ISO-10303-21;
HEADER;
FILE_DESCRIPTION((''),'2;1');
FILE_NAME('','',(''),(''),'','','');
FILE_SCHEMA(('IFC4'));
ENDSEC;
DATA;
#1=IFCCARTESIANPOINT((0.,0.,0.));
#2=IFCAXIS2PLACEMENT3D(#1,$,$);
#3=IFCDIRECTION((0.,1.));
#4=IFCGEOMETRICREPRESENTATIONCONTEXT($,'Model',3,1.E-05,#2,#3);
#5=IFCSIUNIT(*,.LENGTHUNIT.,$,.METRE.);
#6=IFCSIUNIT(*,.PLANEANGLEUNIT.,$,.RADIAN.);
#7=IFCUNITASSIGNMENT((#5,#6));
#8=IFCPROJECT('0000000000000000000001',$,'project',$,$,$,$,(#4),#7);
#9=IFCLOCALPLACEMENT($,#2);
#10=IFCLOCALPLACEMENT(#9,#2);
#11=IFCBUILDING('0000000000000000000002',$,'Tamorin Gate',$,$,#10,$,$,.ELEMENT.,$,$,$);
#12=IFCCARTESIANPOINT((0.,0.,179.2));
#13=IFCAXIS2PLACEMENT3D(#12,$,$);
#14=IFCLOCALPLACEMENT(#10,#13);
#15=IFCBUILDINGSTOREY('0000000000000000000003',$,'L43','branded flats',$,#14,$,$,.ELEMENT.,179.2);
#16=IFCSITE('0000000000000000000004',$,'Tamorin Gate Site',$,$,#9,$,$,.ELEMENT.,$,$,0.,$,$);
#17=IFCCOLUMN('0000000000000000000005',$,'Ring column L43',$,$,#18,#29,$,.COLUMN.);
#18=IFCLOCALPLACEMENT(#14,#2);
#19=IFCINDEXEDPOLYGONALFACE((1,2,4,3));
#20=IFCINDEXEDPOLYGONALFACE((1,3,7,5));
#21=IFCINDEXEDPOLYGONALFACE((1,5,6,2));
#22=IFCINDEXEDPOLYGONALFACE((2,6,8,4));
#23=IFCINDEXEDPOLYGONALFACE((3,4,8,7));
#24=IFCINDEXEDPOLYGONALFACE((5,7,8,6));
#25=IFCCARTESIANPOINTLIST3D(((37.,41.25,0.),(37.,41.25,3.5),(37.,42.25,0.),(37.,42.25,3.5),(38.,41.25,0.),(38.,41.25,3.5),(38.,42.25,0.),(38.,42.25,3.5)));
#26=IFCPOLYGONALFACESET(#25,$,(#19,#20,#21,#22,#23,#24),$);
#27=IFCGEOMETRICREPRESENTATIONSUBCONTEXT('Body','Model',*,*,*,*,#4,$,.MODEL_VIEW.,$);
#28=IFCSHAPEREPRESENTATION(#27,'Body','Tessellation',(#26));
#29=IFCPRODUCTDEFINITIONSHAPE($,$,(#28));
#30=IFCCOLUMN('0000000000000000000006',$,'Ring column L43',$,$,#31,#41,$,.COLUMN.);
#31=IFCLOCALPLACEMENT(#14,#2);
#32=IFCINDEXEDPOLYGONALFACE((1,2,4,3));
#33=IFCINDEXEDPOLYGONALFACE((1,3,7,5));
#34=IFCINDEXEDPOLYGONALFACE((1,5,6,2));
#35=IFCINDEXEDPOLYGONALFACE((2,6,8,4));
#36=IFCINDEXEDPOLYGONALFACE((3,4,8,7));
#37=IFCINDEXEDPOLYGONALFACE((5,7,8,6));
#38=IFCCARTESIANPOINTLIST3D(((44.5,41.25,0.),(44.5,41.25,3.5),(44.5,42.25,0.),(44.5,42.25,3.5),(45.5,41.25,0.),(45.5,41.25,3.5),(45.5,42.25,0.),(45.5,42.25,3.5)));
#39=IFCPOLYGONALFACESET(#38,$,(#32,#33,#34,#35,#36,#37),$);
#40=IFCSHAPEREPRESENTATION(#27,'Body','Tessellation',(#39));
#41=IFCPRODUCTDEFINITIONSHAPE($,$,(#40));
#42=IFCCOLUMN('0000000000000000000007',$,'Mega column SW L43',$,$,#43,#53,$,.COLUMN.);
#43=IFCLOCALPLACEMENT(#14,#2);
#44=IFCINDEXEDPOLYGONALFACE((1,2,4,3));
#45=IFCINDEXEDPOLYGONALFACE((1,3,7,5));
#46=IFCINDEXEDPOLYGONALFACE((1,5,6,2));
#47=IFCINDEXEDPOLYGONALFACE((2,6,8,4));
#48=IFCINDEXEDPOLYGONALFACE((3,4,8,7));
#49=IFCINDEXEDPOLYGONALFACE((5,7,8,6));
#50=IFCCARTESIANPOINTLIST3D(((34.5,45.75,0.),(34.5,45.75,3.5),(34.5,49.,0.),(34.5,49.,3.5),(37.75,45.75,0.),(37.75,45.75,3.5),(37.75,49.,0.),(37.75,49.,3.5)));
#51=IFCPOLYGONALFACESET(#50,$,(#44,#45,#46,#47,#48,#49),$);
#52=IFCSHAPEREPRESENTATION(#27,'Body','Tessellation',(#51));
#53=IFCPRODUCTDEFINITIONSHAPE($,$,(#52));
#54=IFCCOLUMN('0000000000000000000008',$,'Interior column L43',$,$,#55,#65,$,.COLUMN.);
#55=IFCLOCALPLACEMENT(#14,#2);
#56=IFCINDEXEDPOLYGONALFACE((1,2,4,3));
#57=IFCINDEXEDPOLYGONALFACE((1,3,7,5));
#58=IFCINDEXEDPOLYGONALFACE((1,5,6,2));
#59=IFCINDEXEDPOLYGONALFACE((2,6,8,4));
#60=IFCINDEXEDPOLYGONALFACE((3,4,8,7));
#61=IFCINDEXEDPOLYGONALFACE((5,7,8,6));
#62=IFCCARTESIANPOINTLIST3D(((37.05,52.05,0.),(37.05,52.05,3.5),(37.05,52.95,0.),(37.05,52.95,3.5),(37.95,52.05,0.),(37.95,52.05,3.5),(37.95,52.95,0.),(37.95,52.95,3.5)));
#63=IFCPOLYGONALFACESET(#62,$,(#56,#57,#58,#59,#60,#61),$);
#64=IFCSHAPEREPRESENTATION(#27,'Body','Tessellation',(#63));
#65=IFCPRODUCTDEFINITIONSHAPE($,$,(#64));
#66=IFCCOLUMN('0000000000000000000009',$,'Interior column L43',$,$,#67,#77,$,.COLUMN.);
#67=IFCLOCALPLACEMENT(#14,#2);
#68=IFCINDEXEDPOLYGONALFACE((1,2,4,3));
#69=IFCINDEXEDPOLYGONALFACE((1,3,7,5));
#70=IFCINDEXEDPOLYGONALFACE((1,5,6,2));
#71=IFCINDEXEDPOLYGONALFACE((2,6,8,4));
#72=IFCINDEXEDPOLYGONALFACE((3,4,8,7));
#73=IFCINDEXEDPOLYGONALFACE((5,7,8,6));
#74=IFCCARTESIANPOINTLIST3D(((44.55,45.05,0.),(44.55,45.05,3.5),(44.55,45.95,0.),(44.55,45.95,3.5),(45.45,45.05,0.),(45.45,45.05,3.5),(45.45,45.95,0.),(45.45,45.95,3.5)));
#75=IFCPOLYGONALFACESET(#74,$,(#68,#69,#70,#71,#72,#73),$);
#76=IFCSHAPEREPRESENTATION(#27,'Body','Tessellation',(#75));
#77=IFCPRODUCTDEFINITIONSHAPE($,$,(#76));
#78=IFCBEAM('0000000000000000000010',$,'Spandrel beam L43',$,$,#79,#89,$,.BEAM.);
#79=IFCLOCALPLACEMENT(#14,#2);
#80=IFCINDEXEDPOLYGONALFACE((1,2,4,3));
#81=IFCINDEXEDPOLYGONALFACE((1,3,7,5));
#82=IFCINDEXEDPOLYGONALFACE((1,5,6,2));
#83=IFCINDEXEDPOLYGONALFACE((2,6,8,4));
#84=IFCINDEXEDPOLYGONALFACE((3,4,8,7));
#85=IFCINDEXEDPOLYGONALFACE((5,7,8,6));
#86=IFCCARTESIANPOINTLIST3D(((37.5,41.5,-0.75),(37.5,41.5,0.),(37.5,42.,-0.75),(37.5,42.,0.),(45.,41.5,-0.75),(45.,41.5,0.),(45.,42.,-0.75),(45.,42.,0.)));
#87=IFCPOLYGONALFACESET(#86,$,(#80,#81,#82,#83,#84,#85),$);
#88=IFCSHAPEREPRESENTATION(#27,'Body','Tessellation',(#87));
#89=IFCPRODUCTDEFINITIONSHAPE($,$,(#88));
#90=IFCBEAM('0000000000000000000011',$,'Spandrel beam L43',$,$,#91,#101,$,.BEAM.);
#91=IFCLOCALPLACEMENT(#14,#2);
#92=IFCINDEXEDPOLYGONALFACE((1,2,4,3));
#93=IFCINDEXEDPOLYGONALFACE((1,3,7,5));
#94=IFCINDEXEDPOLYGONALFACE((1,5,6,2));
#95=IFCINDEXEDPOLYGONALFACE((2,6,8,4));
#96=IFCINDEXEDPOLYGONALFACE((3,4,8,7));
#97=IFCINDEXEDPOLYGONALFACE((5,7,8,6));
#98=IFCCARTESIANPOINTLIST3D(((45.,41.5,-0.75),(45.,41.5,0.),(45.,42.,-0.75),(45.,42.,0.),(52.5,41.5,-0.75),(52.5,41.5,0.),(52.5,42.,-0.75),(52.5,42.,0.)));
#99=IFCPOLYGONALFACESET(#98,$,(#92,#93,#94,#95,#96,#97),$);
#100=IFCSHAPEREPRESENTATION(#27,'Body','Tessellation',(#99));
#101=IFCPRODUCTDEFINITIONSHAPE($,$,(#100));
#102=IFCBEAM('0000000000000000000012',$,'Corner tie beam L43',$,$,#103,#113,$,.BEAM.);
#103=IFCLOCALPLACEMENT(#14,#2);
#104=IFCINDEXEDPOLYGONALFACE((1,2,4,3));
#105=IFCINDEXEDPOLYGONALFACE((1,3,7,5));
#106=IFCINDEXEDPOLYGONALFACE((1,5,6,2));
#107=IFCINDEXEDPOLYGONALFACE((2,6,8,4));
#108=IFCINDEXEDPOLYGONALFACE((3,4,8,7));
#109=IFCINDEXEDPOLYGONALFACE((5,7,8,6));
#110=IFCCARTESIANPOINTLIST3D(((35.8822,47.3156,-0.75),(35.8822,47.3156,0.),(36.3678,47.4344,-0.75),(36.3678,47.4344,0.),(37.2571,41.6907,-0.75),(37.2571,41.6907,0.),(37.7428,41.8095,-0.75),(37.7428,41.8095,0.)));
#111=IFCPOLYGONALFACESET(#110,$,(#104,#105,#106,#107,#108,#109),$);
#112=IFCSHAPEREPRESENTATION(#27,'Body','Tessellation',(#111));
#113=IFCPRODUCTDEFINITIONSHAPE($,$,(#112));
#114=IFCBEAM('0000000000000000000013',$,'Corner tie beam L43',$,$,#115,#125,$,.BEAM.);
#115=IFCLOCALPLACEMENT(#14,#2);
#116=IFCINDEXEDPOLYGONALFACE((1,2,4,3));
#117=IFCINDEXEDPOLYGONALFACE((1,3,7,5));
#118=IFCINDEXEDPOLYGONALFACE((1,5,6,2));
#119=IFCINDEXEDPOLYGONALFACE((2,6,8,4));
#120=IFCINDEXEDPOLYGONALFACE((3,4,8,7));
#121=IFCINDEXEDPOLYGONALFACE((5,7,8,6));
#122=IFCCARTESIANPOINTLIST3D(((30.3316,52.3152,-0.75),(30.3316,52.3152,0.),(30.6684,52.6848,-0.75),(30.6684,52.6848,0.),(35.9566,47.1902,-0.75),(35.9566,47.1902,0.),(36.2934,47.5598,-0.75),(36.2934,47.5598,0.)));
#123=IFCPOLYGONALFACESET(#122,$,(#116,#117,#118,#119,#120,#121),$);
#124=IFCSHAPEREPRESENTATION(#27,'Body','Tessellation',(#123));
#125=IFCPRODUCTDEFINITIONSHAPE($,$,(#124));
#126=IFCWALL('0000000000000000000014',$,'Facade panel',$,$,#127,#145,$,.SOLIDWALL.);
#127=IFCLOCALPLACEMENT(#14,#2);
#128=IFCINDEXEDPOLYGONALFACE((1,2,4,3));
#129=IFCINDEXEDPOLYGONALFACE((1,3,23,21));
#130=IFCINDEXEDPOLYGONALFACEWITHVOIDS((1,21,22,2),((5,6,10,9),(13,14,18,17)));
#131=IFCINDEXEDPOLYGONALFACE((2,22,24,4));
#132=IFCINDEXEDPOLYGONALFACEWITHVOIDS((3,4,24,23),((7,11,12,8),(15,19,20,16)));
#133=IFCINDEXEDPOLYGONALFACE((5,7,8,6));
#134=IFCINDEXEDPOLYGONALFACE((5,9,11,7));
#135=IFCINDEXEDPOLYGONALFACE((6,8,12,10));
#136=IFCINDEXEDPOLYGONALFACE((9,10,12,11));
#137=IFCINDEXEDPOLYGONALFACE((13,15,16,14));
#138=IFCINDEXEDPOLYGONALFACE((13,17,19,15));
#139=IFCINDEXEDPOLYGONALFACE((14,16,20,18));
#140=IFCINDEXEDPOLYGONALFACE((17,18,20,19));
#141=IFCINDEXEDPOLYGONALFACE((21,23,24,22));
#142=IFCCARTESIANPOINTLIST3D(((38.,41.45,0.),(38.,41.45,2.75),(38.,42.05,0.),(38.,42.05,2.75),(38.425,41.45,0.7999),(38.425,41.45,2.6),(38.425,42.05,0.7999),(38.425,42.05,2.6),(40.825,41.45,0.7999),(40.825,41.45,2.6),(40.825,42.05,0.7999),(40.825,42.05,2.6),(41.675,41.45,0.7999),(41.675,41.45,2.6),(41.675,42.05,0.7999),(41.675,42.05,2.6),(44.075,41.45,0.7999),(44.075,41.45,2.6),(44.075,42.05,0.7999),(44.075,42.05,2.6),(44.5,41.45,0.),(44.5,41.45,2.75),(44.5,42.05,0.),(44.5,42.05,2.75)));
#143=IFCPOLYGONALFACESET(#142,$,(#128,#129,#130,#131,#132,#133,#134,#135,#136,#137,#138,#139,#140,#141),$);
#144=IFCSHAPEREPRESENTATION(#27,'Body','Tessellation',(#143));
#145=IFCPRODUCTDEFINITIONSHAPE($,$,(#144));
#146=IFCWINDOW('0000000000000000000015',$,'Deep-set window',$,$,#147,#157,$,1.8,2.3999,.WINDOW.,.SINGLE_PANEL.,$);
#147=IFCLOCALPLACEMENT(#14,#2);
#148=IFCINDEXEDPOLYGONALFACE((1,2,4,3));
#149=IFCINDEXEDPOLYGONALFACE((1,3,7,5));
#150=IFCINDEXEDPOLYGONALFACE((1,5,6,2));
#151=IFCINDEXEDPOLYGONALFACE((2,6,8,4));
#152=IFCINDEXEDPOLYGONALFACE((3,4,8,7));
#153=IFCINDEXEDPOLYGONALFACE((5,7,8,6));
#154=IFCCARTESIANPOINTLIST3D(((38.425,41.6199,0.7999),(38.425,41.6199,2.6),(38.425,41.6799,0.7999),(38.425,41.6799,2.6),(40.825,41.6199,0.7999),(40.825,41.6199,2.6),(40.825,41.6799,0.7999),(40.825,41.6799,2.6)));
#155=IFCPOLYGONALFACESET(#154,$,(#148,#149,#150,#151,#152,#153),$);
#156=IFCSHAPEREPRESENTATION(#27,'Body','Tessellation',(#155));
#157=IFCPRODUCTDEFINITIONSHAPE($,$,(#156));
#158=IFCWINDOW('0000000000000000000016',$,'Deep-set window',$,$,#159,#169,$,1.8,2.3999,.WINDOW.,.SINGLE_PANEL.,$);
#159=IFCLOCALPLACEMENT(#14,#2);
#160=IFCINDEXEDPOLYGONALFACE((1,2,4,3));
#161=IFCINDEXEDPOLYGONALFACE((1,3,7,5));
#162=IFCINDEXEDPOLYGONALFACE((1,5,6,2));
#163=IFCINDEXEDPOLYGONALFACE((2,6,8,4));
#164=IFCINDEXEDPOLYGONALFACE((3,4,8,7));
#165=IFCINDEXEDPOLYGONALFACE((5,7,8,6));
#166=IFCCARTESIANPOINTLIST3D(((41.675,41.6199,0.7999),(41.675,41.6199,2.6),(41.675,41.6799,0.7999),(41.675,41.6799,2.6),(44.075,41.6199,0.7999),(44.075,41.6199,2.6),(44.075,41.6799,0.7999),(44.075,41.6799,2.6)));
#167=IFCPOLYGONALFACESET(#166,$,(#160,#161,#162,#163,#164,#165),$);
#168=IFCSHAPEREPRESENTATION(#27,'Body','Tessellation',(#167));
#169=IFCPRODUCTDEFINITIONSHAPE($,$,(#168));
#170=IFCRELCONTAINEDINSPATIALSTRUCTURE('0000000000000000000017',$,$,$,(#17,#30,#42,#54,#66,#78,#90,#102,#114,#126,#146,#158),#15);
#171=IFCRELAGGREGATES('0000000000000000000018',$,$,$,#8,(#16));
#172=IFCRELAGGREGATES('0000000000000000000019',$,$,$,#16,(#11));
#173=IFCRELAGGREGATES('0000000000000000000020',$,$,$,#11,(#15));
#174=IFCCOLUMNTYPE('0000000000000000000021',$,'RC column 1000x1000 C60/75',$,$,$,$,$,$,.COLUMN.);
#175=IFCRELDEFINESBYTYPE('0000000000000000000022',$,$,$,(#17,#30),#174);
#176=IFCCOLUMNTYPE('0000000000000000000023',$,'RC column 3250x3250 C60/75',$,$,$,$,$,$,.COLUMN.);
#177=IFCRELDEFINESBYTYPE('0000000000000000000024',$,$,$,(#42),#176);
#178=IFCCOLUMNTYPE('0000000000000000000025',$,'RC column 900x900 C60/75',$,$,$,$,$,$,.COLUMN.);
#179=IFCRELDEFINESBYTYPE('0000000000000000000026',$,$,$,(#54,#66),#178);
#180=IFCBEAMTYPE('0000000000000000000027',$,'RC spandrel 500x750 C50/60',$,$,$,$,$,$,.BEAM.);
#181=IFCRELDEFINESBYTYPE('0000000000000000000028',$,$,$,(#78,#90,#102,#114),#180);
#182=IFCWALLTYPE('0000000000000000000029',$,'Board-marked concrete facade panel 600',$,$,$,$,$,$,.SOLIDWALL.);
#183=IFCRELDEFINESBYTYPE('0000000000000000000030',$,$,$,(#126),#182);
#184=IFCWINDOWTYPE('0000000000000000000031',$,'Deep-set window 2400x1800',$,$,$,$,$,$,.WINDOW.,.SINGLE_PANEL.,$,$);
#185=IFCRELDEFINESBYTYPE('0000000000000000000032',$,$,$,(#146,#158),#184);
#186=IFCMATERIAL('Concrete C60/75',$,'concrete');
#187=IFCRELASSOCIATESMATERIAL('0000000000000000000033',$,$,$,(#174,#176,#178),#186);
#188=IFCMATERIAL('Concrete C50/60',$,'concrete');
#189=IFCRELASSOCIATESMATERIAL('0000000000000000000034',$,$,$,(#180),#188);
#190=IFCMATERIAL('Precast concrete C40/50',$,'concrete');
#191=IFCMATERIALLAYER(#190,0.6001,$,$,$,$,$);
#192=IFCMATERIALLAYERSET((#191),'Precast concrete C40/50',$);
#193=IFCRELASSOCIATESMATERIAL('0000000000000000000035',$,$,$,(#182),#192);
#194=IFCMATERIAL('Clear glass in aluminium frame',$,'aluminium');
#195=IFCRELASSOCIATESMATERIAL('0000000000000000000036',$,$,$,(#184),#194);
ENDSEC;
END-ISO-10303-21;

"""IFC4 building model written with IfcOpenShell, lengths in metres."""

from ifc_helpers import new_model, si_unit, direction, frame, frame_2d, origin, origin_2d, place, context, subcontext, project, spatial, rectangle, extrude, material, layer, layer_set, material_profile, profile_set, type_object, element, fill, save


model = new_model("IFC4")

# Units and contexts
model_context = context("Model", 3, precision=1e-05, world=origin(), true_north=direction((0.0, 1.0)))
body_context = subcontext(model_context, "Body", "Model", "MODEL_VIEW")
ifc_project = project(units=[si_unit("LENGTHUNIT", "METRE"), si_unit("PLANEANGLEUNIT", "RADIAN")], contexts=[model_context])

# Site, building, storey
site_placement = place(None, origin())
site = spatial("IfcSite", under=ifc_project, at=site_placement, Name="Tamorin Gate Site", CompositionType="ELEMENT", RefElevation=0.0)
building_placement = place(site_placement, origin())
building = spatial("IfcBuilding", under=site, at=building_placement, Name="Tamorin Gate", CompositionType="ELEMENT")
storey_placement = place(building_placement, frame((0.0, 0.0, 179.2)))
storey = spatial("IfcBuildingStorey", under=building, at=storey_placement, Name="L43", Description="branded flats", CompositionType="ELEMENT", Elevation=179.2)

# Columns
ifc_material_1 = material(Name="Concrete C60/75", Category="concrete")
ifc_material_profile_1 = material_profile(ifc_material_1, rectangle(XDim=1.0, YDim=1.0, at=origin_2d()), Name="RC 1000x1000")
ifc_profile_set_1 = profile_set([ifc_material_profile_1], Name="Concrete C60/75")
column_type_1 = type_object("IfcColumnType", Name="RC column 1000x1000 C60/75", PredefinedType="COLUMN", material=ifc_profile_set_1)
for number, where, z_axis, x_axis, name in (
    (1, (37.5, 41.75, 0.0), (0.0, 0.0, 1.0), (1.0, 0.0, 0.0), "Ring column L43"),
    (2, (45.0, 41.75, 0.0), (0.0, 0.0, 1.0), (1.0, 0.0, 0.0), "Ring column L43"),
):
    element("IfcColumn", number, at=place(storey_placement, frame(where, z_axis=z_axis, x_axis=x_axis)), inside=storey, type_object=column_type_1, Name=name, PredefinedType="COLUMN", context=body_context, shape_type="SweptSolid", body=[
        extrude(rectangle(XDim=1.0, YDim=1.0, at=origin_2d()), origin(), (0.0, 0.0, 1.0), 3.5),
    ])
ifc_material_profile_2 = material_profile(ifc_material_1, rectangle(XDim=3.25, YDim=3.25, at=origin_2d()), Name="RC 3250x3250")
ifc_profile_set_2 = profile_set([ifc_material_profile_2], Name="Concrete C60/75")
column_type_2 = type_object("IfcColumnType", Name="RC column 3250x3250 C60/75", PredefinedType="COLUMN", material=ifc_profile_set_2)
column_placement = place(storey_placement, frame((36.125, 47.375, 0.0), z_axis=(0.0, 0.0, 1.0), x_axis=(1.0, 0.0, 0.0)))
element("IfcColumn", 3, at=column_placement, inside=storey, type_object=column_type_2, Name="Mega column SW L43", PredefinedType="COLUMN", context=body_context, shape_type="SweptSolid", body=[
    extrude(rectangle(XDim=3.25, YDim=3.25, at=origin_2d()), origin(), (0.0, 0.0, 1.0), 3.5),
])
ifc_material_profile_3 = material_profile(ifc_material_1, rectangle(XDim=0.8999, YDim=0.8999, at=origin_2d()), Name="RC 900x900")
ifc_profile_set_3 = profile_set([ifc_material_profile_3], Name="Concrete C60/75")
column_type_3 = type_object("IfcColumnType", Name="RC column 900x900 C60/75", PredefinedType="COLUMN", material=ifc_profile_set_3)
for number, where, z_axis, x_axis, name in (
    (4, (37.5, 52.5, 0.0), (0.0, 0.0, 1.0), (1.0, 0.0, 0.0), "Interior column L43"),
    (5, (45.0, 45.5, 0.0), (0.0, 0.0, 1.0), (1.0, 0.0, 0.0), "Interior column L43"),
):
    element("IfcColumn", number, at=place(storey_placement, frame(where, z_axis=z_axis, x_axis=x_axis)), inside=storey, type_object=column_type_3, Name=name, PredefinedType="COLUMN", context=body_context, shape_type="SweptSolid", body=[
        extrude(rectangle(XDim=0.8999, YDim=0.8999, at=origin_2d()), origin(), (0.0, 0.0, 1.0), 3.5),
    ])

# Beams
ifc_material_2 = material(Name="Concrete C50/60", Category="concrete")
ifc_material_profile_4 = material_profile(ifc_material_2, rectangle(XDim=0.5, YDim=0.75, at=origin_2d()), Name="RC 500x750")
ifc_profile_set_4 = profile_set([ifc_material_profile_4], Name="Concrete C50/60")
beam_type = type_object("IfcBeamType", Name="RC spandrel 500x750 C50/60", PredefinedType="BEAM", material=ifc_profile_set_4)
for number, where, z_axis, x_axis, name in (
    (6, (37.5, 41.75, -0.375), (1.0, 0.0, 0.0), (0.0, 1.0, 0.0), "Spandrel beam L43"),
    (7, (45.0, 41.75, -0.375), (1.0, 0.0, 0.0), (0.0, 1.0, 0.0), "Spandrel beam L43"),
):
    element("IfcBeam", number, at=place(storey_placement, frame(where, z_axis=z_axis, x_axis=x_axis)), inside=storey, type_object=beam_type, Name=name, PredefinedType="BEAM", context=body_context, shape_type="SweptSolid", body=[
        extrude(rectangle(XDim=0.5, YDim=0.75, at=origin_2d()), origin(), (0.0, 0.0, 1.0), 7.5),
    ])
beam_1_placement = place(storey_placement, frame((36.125, 47.375, -0.375), z_axis=(0.237453, -0.971399, 0.0), x_axis=(0.971399, 0.237453, 0.0)))
element("IfcBeam", 8, at=beam_1_placement, inside=storey, type_object=beam_type, Name="Corner tie beam L43", PredefinedType="BEAM", context=body_context, shape_type="SweptSolid", body=[
    extrude(rectangle(XDim=0.5, YDim=0.75, at=origin_2d()), origin(), (0.0, 0.0, 1.0), 5.7905),
])
beam_2_placement = place(storey_placement, frame((36.125, 47.375, -0.375), z_axis=(-0.739196, 0.67349, 0.0), x_axis=(-0.67349, -0.739196, 0.0)))
element("IfcBeam", 9, at=beam_2_placement, inside=storey, type_object=beam_type, Name="Corner tie beam L43", PredefinedType="BEAM", context=body_context, shape_type="SweptSolid", body=[
    extrude(rectangle(XDim=0.5, YDim=0.75, at=origin_2d()), origin(), (0.0, 0.0, 1.0), 7.6096),
])

# Wall, openings, windows
ifc_material_3 = material(Name="Precast concrete C40/50", Category="concrete")
ifc_layer_1 = layer(ifc_material_3, 0.6001)
ifc_layer_set_1 = layer_set([ifc_layer_1], Name="Precast concrete C40/50")
wall_type_1 = type_object("IfcWallType", Name="Board-marked concrete facade panel 600", PredefinedType="SOLIDWALL", material=ifc_layer_set_1)
wall_1_placement = place(storey_placement, frame((38.0, 41.75, 0.0), z_axis=(0.0, 0.0, 1.0), x_axis=(1.0, 0.0, 0.0)))
wall_1 = element("IfcWall", 10, at=wall_1_placement, inside=storey, type_object=wall_type_1, Name="Facade panel", PredefinedType="SOLIDWALL", context=body_context, shape_type="SweptSolid", body=[
    extrude(rectangle(XDim=6.5, YDim=0.6001, at=frame_2d((3.25, 0.0))), origin(), (0.0, 0.0, 1.0), 2.75),
])
opening_1_placement = place(wall_1_placement, frame((0.425, 0.0, 0.8)))
opening_1 = element("IfcOpeningElement", 11, at=opening_1_placement, cuts=wall_1, PredefinedType="OPENING", context=body_context, shape_type="SweptSolid", body=[
    extrude(rectangle(XDim=2.3999, YDim=1.8, at=frame_2d((1.2, 0.8999))), frame((0.0, 0.3101, 0.0), z_axis=(0.0, -1.0, 0.0), x_axis=(1.0, 0.0, 0.0)), (0.0, 0.0, 1.0), 0.6201),
])
opening_2_placement = place(wall_1_placement, frame((3.675, 0.0, 0.8)))
opening_2 = element("IfcOpeningElement", 12, at=opening_2_placement, cuts=wall_1, PredefinedType="OPENING", context=body_context, shape_type="SweptSolid", body=[
    extrude(rectangle(XDim=2.3999, YDim=1.8, at=frame_2d((1.2, 0.8999))), frame((0.0, 0.3101, 0.0), z_axis=(0.0, -1.0, 0.0), x_axis=(1.0, 0.0, 0.0)), (0.0, 0.0, 1.0), 0.6201),
])
ifc_material_4 = material(Name="Clear glass in aluminium frame", Category="aluminium")
window_type = type_object("IfcWindowType", Name="Deep-set window 2400x1800", PartitioningType="SINGLE_PANEL", PredefinedType="WINDOW", material=ifc_material_4)
window_1_placement = place(opening_1_placement, origin())
window_1 = element("IfcWindow", 13, at=window_1_placement, inside=storey, type_object=window_type, Name="Deep-set window", OverallHeight=1.8, OverallWidth=2.3999, PartitioningType="SINGLE_PANEL", PredefinedType="WINDOW", context=body_context, shape_type="SweptSolid", body=[
    extrude(rectangle(XDim=2.3999, YDim=1.8, at=frame_2d((1.2, 0.8999))), frame((0.0, -0.0701, 0.0), z_axis=(0.0, -1.0, 0.0), x_axis=(1.0, 0.0, 0.0)), (0.0, 0.0, 1.0), 0.0601),
])
fill(opening_1, window_1)
window_2_placement = place(opening_2_placement, origin())
window_2 = element("IfcWindow", 14, at=window_2_placement, inside=storey, type_object=window_type, Name="Deep-set window", OverallHeight=1.8, OverallWidth=2.3999, PartitioningType="SINGLE_PANEL", PredefinedType="WINDOW", context=body_context, shape_type="SweptSolid", body=[
    extrude(rectangle(XDim=2.3999, YDim=1.8, at=frame_2d((1.2, 0.8999))), frame((0.0, -0.0701, 0.0), z_axis=(0.0, -1.0, 0.0), x_axis=(1.0, 0.0, 0.0)), (0.0, 0.0, 1.0), 0.0601),
])
fill(opening_2, window_2)

save(model, "model.ifc")
